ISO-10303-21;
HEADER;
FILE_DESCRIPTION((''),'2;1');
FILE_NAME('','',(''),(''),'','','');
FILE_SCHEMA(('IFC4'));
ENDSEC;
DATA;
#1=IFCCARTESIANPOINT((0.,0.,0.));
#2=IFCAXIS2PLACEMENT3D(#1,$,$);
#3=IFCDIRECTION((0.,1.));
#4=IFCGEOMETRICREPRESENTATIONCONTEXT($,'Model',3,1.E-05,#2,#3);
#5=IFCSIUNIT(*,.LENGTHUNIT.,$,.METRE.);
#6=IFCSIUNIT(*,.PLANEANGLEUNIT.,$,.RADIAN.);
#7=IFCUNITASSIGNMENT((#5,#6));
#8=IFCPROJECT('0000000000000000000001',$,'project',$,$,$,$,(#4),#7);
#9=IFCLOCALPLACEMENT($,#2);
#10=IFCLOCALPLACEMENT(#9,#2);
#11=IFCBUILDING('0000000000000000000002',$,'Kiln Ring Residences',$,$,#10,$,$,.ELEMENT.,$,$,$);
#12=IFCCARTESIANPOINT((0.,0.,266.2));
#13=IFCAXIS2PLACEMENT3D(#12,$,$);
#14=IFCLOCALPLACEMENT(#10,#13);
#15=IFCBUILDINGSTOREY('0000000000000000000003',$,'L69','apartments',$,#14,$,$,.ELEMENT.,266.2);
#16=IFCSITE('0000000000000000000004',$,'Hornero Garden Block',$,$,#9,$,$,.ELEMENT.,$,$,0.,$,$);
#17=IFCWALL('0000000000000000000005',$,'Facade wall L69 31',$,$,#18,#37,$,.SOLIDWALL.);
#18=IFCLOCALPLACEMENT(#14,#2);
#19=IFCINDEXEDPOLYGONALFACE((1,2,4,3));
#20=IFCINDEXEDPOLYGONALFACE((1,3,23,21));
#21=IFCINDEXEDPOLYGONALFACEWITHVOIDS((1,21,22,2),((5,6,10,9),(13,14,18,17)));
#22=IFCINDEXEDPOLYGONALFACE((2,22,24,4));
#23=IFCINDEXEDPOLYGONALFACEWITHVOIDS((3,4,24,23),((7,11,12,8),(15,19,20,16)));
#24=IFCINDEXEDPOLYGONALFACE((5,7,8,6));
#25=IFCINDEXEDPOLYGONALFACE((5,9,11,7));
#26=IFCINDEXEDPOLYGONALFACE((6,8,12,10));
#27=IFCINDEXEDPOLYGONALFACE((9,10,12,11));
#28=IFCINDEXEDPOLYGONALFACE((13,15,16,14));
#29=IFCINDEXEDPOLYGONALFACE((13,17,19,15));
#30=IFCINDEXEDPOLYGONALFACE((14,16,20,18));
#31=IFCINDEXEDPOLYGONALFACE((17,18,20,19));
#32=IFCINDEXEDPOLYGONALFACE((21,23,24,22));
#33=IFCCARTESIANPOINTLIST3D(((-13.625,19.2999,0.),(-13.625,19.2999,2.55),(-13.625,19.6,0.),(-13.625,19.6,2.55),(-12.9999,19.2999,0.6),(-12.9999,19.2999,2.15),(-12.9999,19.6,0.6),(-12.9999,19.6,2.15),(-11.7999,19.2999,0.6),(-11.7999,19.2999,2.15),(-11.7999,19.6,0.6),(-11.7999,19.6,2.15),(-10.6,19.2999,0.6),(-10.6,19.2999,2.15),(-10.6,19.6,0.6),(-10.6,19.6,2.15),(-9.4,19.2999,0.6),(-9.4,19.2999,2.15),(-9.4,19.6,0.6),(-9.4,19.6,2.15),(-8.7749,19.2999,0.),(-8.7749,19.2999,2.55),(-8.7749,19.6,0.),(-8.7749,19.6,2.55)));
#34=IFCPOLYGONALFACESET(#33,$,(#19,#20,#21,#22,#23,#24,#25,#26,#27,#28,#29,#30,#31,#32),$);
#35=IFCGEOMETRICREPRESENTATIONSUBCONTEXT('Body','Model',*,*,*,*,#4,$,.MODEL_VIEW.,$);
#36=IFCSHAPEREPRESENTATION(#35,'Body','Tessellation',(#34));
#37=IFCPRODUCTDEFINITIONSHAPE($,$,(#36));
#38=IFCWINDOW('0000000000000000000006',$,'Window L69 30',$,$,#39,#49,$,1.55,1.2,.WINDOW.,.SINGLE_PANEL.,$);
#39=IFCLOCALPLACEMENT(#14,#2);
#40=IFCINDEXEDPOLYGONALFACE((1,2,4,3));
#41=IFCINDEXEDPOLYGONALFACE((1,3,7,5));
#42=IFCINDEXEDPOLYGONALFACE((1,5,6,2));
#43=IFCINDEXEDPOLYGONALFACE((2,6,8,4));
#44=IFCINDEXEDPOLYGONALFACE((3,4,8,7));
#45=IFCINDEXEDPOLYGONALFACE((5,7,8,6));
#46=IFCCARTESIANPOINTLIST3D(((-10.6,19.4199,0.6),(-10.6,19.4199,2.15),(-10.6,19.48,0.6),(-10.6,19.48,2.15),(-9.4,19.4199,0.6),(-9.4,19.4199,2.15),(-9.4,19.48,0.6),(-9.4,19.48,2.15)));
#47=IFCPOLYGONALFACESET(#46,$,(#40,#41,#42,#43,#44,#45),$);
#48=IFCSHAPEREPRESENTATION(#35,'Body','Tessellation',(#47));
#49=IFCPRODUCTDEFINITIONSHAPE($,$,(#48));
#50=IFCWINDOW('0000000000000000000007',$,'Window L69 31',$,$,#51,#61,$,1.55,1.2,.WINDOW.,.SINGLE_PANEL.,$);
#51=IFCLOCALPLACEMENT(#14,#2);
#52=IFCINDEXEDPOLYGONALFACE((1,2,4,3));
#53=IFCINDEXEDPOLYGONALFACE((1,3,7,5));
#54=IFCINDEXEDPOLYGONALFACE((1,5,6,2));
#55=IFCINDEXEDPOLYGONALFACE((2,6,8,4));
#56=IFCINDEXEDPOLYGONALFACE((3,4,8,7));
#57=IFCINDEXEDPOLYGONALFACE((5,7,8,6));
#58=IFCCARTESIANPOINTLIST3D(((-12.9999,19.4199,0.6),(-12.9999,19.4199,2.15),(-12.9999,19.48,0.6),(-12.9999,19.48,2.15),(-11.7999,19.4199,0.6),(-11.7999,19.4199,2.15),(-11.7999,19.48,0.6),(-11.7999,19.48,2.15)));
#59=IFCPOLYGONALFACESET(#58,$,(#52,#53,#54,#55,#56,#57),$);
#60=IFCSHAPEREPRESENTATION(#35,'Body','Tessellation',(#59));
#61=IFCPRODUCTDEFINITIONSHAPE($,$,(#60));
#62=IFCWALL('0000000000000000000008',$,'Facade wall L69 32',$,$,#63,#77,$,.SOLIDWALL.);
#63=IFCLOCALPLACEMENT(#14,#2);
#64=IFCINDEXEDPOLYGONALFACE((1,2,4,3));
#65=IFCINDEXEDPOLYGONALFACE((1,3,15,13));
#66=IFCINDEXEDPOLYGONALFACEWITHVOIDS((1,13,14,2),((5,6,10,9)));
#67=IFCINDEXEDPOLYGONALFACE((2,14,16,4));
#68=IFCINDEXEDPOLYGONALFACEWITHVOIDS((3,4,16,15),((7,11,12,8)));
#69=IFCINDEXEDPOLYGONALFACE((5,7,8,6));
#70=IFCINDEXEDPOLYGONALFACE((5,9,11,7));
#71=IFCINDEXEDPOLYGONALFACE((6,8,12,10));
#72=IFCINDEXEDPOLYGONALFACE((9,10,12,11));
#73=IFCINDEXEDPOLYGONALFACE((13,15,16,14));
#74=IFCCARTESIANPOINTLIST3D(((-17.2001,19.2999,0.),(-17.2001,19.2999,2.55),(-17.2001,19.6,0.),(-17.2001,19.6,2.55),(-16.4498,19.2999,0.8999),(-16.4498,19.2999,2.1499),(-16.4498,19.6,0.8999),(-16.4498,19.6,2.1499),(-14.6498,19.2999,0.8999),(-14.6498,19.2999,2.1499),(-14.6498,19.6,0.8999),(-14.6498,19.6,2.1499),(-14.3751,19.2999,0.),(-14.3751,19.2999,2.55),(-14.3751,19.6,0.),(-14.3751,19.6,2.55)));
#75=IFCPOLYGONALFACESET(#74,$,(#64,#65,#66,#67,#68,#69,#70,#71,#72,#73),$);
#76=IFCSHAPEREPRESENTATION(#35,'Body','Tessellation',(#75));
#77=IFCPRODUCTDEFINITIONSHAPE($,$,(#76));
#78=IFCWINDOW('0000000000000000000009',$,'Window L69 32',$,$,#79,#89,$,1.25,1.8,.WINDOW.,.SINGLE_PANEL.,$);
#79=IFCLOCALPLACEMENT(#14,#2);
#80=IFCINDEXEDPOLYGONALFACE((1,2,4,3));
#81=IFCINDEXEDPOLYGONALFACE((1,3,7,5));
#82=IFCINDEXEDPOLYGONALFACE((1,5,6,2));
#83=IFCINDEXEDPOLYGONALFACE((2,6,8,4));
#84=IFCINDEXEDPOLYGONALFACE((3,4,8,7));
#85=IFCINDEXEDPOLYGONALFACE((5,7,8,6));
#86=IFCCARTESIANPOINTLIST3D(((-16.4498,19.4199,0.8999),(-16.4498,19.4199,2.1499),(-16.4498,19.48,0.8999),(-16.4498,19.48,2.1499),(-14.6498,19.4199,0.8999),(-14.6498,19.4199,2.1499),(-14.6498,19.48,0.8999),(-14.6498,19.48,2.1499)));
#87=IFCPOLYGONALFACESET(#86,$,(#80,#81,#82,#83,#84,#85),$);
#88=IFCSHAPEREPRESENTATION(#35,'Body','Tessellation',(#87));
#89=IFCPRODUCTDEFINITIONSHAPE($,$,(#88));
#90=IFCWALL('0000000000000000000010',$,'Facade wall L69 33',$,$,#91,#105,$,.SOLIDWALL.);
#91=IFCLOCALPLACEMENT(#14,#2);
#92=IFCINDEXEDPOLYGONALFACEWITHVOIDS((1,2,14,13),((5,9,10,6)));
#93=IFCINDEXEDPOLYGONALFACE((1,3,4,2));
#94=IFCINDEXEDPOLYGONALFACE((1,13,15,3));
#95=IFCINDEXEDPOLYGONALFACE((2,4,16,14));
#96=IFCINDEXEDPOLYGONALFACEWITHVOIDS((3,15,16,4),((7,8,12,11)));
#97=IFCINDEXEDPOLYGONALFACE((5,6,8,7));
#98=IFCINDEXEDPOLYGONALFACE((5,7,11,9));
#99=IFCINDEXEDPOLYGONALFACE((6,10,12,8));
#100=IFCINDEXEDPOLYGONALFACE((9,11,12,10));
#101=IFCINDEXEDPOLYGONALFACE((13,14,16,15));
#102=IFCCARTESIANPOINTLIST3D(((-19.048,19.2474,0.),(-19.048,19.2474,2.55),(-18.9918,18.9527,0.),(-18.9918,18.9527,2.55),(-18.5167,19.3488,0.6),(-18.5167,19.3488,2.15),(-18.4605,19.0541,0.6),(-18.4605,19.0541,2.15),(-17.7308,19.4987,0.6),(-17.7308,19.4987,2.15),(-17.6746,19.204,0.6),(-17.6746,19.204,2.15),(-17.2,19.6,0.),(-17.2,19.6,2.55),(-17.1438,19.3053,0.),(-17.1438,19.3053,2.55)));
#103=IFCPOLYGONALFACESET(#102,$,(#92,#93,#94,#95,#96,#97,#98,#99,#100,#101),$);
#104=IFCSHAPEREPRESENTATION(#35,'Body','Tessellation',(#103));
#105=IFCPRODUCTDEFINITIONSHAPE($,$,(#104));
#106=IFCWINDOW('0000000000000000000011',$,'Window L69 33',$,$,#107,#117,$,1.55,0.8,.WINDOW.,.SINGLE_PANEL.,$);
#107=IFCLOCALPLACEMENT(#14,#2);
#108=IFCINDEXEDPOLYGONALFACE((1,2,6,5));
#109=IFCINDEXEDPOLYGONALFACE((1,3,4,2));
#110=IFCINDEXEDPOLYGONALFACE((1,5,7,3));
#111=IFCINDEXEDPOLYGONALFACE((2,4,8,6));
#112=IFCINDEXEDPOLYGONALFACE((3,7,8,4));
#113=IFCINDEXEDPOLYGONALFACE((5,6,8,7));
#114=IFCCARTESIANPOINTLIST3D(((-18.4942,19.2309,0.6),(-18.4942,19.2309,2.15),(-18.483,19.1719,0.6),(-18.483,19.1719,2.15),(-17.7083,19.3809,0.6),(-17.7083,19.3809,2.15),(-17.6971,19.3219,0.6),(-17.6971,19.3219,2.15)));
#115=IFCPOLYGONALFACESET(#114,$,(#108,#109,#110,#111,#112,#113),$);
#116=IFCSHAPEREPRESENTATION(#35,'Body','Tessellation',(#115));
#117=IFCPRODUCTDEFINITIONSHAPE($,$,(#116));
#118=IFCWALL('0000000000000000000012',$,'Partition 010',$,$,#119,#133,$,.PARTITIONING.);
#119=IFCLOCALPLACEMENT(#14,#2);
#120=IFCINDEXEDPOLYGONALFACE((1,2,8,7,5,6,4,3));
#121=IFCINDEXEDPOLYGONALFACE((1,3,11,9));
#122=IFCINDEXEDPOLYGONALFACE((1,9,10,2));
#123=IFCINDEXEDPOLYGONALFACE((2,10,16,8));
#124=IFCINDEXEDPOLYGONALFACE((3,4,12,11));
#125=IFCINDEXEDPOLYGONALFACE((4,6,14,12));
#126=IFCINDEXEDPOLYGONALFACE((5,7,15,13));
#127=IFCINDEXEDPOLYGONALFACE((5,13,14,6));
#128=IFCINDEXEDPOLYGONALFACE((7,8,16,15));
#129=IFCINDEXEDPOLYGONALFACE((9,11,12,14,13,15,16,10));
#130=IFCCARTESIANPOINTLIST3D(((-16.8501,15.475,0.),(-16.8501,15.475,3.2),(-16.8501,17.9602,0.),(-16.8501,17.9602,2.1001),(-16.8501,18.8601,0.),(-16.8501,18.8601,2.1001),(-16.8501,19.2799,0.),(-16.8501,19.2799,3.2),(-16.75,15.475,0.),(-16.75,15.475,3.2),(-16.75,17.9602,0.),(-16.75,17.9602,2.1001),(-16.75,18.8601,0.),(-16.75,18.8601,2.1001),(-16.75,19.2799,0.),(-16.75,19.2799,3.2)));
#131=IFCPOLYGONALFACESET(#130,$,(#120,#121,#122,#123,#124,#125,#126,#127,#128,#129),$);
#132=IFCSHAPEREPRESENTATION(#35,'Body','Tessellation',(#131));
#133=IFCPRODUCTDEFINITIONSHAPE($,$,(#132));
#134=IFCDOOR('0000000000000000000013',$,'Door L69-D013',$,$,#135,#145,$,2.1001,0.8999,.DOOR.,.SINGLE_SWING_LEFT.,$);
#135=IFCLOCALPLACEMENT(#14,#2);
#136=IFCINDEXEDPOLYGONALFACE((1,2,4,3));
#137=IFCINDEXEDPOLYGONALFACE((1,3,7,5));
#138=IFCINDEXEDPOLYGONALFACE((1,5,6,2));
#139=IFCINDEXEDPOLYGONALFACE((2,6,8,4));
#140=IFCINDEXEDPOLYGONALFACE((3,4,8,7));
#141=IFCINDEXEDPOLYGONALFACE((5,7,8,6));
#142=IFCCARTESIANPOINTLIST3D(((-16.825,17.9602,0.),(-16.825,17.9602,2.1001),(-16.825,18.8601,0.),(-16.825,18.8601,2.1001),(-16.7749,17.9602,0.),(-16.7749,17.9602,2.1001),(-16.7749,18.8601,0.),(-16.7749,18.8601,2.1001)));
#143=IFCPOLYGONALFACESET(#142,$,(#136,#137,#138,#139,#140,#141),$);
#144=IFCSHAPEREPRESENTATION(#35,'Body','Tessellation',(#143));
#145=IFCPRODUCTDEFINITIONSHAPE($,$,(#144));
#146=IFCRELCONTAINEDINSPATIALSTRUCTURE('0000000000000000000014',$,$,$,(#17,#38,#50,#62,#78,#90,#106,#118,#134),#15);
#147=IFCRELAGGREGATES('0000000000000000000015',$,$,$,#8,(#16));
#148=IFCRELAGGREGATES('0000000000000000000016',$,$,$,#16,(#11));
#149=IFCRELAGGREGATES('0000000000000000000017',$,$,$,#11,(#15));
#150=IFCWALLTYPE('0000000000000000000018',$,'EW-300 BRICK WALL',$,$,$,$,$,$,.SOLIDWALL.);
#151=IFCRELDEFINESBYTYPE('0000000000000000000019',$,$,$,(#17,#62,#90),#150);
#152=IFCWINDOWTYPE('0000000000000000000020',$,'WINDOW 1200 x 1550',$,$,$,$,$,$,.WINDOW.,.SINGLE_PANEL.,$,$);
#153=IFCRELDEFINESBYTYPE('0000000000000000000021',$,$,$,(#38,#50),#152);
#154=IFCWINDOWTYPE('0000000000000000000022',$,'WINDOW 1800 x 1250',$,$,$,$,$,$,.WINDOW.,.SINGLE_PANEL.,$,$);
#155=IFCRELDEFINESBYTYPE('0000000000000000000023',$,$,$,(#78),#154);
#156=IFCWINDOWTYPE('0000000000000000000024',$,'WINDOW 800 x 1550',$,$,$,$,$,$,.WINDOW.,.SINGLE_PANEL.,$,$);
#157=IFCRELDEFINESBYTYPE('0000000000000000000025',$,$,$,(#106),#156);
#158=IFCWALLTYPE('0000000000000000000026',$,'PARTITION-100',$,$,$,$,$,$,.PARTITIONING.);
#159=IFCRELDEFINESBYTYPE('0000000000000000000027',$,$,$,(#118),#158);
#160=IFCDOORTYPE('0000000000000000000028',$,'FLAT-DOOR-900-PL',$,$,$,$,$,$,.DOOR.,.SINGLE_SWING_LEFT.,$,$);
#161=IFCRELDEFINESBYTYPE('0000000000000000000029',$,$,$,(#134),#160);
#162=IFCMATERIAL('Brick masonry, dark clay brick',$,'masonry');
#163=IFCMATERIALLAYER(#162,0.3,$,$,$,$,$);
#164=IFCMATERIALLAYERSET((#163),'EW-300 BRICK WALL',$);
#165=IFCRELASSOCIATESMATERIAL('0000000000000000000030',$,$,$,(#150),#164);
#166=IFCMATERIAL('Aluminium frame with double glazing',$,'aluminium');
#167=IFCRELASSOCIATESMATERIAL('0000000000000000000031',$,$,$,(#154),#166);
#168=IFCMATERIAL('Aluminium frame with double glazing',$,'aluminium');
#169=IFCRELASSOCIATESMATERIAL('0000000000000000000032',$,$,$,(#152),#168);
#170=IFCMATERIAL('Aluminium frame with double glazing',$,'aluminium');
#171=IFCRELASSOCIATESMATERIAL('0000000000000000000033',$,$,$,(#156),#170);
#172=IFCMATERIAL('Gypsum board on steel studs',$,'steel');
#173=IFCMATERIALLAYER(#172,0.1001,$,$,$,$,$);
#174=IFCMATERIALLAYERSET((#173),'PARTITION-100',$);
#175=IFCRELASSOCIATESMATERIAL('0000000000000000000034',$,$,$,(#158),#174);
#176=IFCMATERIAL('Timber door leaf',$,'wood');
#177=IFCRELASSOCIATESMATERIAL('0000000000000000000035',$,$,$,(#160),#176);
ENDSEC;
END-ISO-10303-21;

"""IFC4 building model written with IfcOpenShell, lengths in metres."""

from ifc_helpers import new_model, si_unit, direction, frame, frame_2d, origin, place, context, subcontext, project, spatial, rectangle, extrude, material, layer, layer_set, type_object, element, fill, save


model = new_model("IFC4")

# Units and contexts
model_context = context("Model", 3, precision=1e-05, world=origin(), true_north=direction((0.0, 1.0)))
body_context = subcontext(model_context, "Body", "Model", "MODEL_VIEW")
ifc_project = project(units=[si_unit("LENGTHUNIT", "METRE"), si_unit("PLANEANGLEUNIT", "RADIAN")], contexts=[model_context])

# Site, building, storey
site_placement = place(None, origin())
site = spatial("IfcSite", under=ifc_project, at=site_placement, Name="Hornero Garden Block", CompositionType="ELEMENT", RefElevation=0.0)
building_placement = place(site_placement, origin())
building = spatial("IfcBuilding", under=site, at=building_placement, Name="Kiln Ring Residences", CompositionType="ELEMENT")
storey_placement = place(building_placement, frame((0.0, 0.0, 266.2)))
storey = spatial("IfcBuildingStorey", under=building, at=storey_placement, Name="L69", Description="apartments", CompositionType="ELEMENT", Elevation=266.2)

# Wall, openings, windows
ifc_material_1 = material(Name="Brick masonry, dark clay brick", Category="masonry")
ifc_layer_1 = layer(ifc_material_1, 0.3)
ifc_layer_set_1 = layer_set([ifc_layer_1], Name="EW-300 BRICK WALL")
wall_type_1 = type_object("IfcWallType", Name="EW-300 BRICK WALL", PredefinedType="SOLIDWALL", material=ifc_layer_set_1)
ifc_material_2 = material(Name="Aluminium frame with double glazing", Category="aluminium")
window_type_1 = type_object("IfcWindowType", Name="WINDOW 1800 x 1250", PartitioningType="SINGLE_PANEL", PredefinedType="WINDOW", material=ifc_material_2)
wall_1_placement = place(storey_placement, frame((-8.7749, 19.45, 0.0), z_axis=(0.0, 0.0, 1.0), x_axis=(-1.0, 0.0, 0.0)))
wall_1 = element("IfcWall", 1, at=wall_1_placement, inside=storey, type_object=wall_type_1, Name="Facade wall L69 31", PredefinedType="SOLIDWALL", context=body_context, shape_type="SweptSolid", body=[
    extrude(rectangle(XDim=4.8501, YDim=0.3, at=frame_2d((2.425, 0.0))), origin(), (0.0, 0.0, 1.0), 2.55),
])
opening_1_placement = place(wall_1_placement, frame((0.625, 0.0, 0.6001)))
opening_1 = element("IfcOpeningElement", 2, at=opening_1_placement, cuts=wall_1, PredefinedType="OPENING", context=body_context, shape_type="SweptSolid", body=[
    extrude(rectangle(XDim=1.2, YDim=1.55, at=frame_2d((0.6001, 0.7749))), frame((0.0, 0.1599, 0.0), z_axis=(0.0, -1.0, 0.0), x_axis=(1.0, 0.0, 0.0)), (0.0, 0.0, 1.0), 0.3201),
])
opening_2_placement = place(wall_1_placement, frame((3.0249, 0.0, 0.6001)))
opening_2 = element("IfcOpeningElement", 3, at=opening_2_placement, cuts=wall_1, PredefinedType="OPENING", context=body_context, shape_type="SweptSolid", body=[
    extrude(rectangle(XDim=1.2, YDim=1.55, at=frame_2d((0.6001, 0.7749))), frame((0.0, 0.1599, 0.0), z_axis=(0.0, -1.0, 0.0), x_axis=(1.0, 0.0, 0.0)), (0.0, 0.0, 1.0), 0.3201),
])
ifc_material_3 = material(Name="Aluminium frame with double glazing", Category="aluminium")
window_type_2 = type_object("IfcWindowType", Name="WINDOW 1200 x 1550", PartitioningType="SINGLE_PANEL", PredefinedType="WINDOW", material=ifc_material_3)
window_1_placement = place(opening_1_placement, origin())
window_1 = element("IfcWindow", 4, at=window_1_placement, inside=storey, type_object=window_type_2, Name="Window L69 30", OverallHeight=1.55, OverallWidth=1.2, PartitioningType="SINGLE_PANEL", PredefinedType="WINDOW", context=body_context, shape_type="SweptSolid", body=[
    extrude(rectangle(XDim=1.2, YDim=1.55, at=frame_2d((0.6001, 0.7749))), frame((0.0, 0.03, 0.0), z_axis=(0.0, -1.0, 0.0), x_axis=(1.0, 0.0, 0.0)), (0.0, 0.0, 1.0), 0.0601),
])
fill(opening_1, window_1)
window_2_placement = place(opening_2_placement, origin())
window_2 = element("IfcWindow", 5, at=window_2_placement, inside=storey, type_object=window_type_2, Name="Window L69 31", OverallHeight=1.55, OverallWidth=1.2, PartitioningType="SINGLE_PANEL", PredefinedType="WINDOW", context=body_context, shape_type="SweptSolid", body=[
    extrude(rectangle(XDim=1.2, YDim=1.55, at=frame_2d((0.6001, 0.7749))), frame((0.0, 0.03, 0.0), z_axis=(0.0, -1.0, 0.0), x_axis=(1.0, 0.0, 0.0)), (0.0, 0.0, 1.0), 0.0601),
])
fill(opening_2, window_2)

# Walls, openings, windows
wall_2_placement = place(storey_placement, frame((-14.375, 19.45, 0.0), z_axis=(0.0, 0.0, 1.0), x_axis=(-1.0, 0.0, 0.0)))
wall_2 = element("IfcWall", 6, at=wall_2_placement, inside=storey, type_object=wall_type_1, Name="Facade wall L69 32", PredefinedType="SOLIDWALL", context=body_context, shape_type="SweptSolid", body=[
    extrude(rectangle(XDim=2.825, YDim=0.3, at=frame_2d((1.4126, 0.0))), origin(), (0.0, 0.0, 1.0), 2.55),
])
opening_3_placement = place(wall_2_placement, frame((0.2749, 0.0, 0.8999)))
opening_3 = element("IfcOpeningElement", 7, at=opening_3_placement, cuts=wall_2, PredefinedType="OPENING", context=body_context, shape_type="SweptSolid", body=[
    extrude(rectangle(XDim=1.8, YDim=1.25, at=frame_2d((0.8999, 0.625))), frame((0.0, 0.1599, 0.0), z_axis=(0.0, -1.0, 0.0), x_axis=(1.0, 0.0, 0.0)), (0.0, 0.0, 1.0), 0.3201),
])
window_3_placement = place(opening_3_placement, origin())
window_3 = element("IfcWindow", 8, at=window_3_placement, inside=storey, type_object=window_type_1, Name="Window L69 32", OverallHeight=1.25, OverallWidth=1.8, PartitioningType="SINGLE_PANEL", PredefinedType="WINDOW", context=body_context, shape_type="SweptSolid", body=[
    extrude(rectangle(XDim=1.8, YDim=1.25, at=frame_2d((0.8999, 0.625))), frame((0.0, 0.03, 0.0), z_axis=(0.0, -1.0, 0.0), x_axis=(1.0, 0.0, 0.0)), (0.0, 0.0, 1.0), 0.0601),
])
fill(opening_3, window_3)
wall_3_placement = place(storey_placement, frame((-17.1719, 19.4526, 0.0), z_axis=(0.0, 0.0, 1.0), x_axis=(-0.982284, -0.187398, 0.0)))
wall_3 = element("IfcWall", 9, at=wall_3_placement, inside=storey, type_object=wall_type_1, Name="Facade wall L69 33", PredefinedType="SOLIDWALL", context=body_context, shape_type="SweptSolid", body=[
    extrude(rectangle(XDim=1.8813, YDim=0.3, at=frame_2d((0.9407, 0.0))), origin(), (0.0, 0.0, 1.0), 2.55),
])
opening_4_placement = place(wall_3_placement, frame((0.5405, 0.0, 0.6001)))
opening_4 = element("IfcOpeningElement", 10, at=opening_4_placement, cuts=wall_3, PredefinedType="OPENING", context=body_context, shape_type="SweptSolid", body=[
    extrude(rectangle(XDim=0.8, YDim=1.55, at=frame_2d((0.3999, 0.7749))), frame((0.0, 0.1599, 0.0), z_axis=(0.0, -1.0, 0.0), x_axis=(1.0, 0.0, 0.0)), (0.0, 0.0, 1.0), 0.3201),
])
ifc_material_4 = material(Name="Aluminium frame with double glazing", Category="aluminium")
window_type_3 = type_object("IfcWindowType", Name="WINDOW 800 x 1550", PartitioningType="SINGLE_PANEL", PredefinedType="WINDOW", material=ifc_material_4)
window_4_placement = place(opening_4_placement, origin())
window_4 = element("IfcWindow", 11, at=window_4_placement, inside=storey, type_object=window_type_3, Name="Window L69 33", OverallHeight=1.55, OverallWidth=0.8, PartitioningType="SINGLE_PANEL", PredefinedType="WINDOW", context=body_context, shape_type="SweptSolid", body=[
    extrude(rectangle(XDim=0.8, YDim=1.55, at=frame_2d((0.3999, 0.7749))), frame((0.0, 0.03, 0.0), z_axis=(0.0, -1.0, 0.0), x_axis=(1.0, 0.0, 0.0)), (0.0, 0.0, 1.0), 0.0601),
])
fill(opening_4, window_4)

# Wall, opening, door
ifc_material_5 = material(Name="Gypsum board on steel studs", Category="steel")
ifc_layer_2 = layer(ifc_material_5, 0.1001)
ifc_layer_set_2 = layer_set([ifc_layer_2], Name="PARTITION-100")
wall_type_2 = type_object("IfcWallType", Name="PARTITION-100", PredefinedType="PARTITIONING", material=ifc_layer_set_2)
wall_4_placement = place(storey_placement, frame((-16.8, 15.4751, 0.0), z_axis=(0.0, 0.0, 1.0), x_axis=(0.0, 1.0, 0.0)))
wall_4 = element("IfcWall", 12, at=wall_4_placement, inside=storey, type_object=wall_type_2, Name="Partition 010", PredefinedType="PARTITIONING", context=body_context, shape_type="SweptSolid", body=[
    extrude(rectangle(XDim=3.8049, YDim=0.1001, at=frame_2d((1.9023, 0.0))), origin(), (0.0, 0.0, 1.0), 3.2),
])
opening_5_placement = place(wall_4_placement, frame((2.4851, 0.0, 0.0)))
opening_5 = element("IfcOpeningElement", 13, at=opening_5_placement, cuts=wall_4, PredefinedType="OPENING", context=body_context, shape_type="SweptSolid", body=[
    extrude(rectangle(XDim=0.8999, YDim=2.1001, at=frame_2d((0.45, 1.05))), frame((0.0, 0.0601, 0.0), z_axis=(0.0, -1.0, 0.0), x_axis=(1.0, 0.0, 0.0)), (0.0, 0.0, 1.0), 0.1201),
])
ifc_material_6 = material(Name="Timber door leaf", Category="wood")
door_type_1 = type_object("IfcDoorType", Name="FLAT-DOOR-900-PL", OperationType="SINGLE_SWING_LEFT", PredefinedType="DOOR", material=ifc_material_6)
door_1_placement = place(opening_5_placement, origin())
door_1 = element("IfcDoor", 14, at=door_1_placement, inside=storey, type_object=door_type_1, Name="Door L69-D013", OperationType="SINGLE_SWING_LEFT", OverallHeight=2.1001, OverallWidth=0.8999, PredefinedType="DOOR", context=body_context, shape_type="SweptSolid", body=[
    extrude(rectangle(XDim=0.8999, YDim=2.1001, at=frame_2d((0.45, 1.05))), frame((0.0, 0.0249, 0.0), z_axis=(0.0, -1.0, 0.0), x_axis=(1.0, 0.0, 0.0)), (0.0, 0.0, 1.0), 0.05),
])
fill(opening_5, door_1)

save(model, "model.ifc")
